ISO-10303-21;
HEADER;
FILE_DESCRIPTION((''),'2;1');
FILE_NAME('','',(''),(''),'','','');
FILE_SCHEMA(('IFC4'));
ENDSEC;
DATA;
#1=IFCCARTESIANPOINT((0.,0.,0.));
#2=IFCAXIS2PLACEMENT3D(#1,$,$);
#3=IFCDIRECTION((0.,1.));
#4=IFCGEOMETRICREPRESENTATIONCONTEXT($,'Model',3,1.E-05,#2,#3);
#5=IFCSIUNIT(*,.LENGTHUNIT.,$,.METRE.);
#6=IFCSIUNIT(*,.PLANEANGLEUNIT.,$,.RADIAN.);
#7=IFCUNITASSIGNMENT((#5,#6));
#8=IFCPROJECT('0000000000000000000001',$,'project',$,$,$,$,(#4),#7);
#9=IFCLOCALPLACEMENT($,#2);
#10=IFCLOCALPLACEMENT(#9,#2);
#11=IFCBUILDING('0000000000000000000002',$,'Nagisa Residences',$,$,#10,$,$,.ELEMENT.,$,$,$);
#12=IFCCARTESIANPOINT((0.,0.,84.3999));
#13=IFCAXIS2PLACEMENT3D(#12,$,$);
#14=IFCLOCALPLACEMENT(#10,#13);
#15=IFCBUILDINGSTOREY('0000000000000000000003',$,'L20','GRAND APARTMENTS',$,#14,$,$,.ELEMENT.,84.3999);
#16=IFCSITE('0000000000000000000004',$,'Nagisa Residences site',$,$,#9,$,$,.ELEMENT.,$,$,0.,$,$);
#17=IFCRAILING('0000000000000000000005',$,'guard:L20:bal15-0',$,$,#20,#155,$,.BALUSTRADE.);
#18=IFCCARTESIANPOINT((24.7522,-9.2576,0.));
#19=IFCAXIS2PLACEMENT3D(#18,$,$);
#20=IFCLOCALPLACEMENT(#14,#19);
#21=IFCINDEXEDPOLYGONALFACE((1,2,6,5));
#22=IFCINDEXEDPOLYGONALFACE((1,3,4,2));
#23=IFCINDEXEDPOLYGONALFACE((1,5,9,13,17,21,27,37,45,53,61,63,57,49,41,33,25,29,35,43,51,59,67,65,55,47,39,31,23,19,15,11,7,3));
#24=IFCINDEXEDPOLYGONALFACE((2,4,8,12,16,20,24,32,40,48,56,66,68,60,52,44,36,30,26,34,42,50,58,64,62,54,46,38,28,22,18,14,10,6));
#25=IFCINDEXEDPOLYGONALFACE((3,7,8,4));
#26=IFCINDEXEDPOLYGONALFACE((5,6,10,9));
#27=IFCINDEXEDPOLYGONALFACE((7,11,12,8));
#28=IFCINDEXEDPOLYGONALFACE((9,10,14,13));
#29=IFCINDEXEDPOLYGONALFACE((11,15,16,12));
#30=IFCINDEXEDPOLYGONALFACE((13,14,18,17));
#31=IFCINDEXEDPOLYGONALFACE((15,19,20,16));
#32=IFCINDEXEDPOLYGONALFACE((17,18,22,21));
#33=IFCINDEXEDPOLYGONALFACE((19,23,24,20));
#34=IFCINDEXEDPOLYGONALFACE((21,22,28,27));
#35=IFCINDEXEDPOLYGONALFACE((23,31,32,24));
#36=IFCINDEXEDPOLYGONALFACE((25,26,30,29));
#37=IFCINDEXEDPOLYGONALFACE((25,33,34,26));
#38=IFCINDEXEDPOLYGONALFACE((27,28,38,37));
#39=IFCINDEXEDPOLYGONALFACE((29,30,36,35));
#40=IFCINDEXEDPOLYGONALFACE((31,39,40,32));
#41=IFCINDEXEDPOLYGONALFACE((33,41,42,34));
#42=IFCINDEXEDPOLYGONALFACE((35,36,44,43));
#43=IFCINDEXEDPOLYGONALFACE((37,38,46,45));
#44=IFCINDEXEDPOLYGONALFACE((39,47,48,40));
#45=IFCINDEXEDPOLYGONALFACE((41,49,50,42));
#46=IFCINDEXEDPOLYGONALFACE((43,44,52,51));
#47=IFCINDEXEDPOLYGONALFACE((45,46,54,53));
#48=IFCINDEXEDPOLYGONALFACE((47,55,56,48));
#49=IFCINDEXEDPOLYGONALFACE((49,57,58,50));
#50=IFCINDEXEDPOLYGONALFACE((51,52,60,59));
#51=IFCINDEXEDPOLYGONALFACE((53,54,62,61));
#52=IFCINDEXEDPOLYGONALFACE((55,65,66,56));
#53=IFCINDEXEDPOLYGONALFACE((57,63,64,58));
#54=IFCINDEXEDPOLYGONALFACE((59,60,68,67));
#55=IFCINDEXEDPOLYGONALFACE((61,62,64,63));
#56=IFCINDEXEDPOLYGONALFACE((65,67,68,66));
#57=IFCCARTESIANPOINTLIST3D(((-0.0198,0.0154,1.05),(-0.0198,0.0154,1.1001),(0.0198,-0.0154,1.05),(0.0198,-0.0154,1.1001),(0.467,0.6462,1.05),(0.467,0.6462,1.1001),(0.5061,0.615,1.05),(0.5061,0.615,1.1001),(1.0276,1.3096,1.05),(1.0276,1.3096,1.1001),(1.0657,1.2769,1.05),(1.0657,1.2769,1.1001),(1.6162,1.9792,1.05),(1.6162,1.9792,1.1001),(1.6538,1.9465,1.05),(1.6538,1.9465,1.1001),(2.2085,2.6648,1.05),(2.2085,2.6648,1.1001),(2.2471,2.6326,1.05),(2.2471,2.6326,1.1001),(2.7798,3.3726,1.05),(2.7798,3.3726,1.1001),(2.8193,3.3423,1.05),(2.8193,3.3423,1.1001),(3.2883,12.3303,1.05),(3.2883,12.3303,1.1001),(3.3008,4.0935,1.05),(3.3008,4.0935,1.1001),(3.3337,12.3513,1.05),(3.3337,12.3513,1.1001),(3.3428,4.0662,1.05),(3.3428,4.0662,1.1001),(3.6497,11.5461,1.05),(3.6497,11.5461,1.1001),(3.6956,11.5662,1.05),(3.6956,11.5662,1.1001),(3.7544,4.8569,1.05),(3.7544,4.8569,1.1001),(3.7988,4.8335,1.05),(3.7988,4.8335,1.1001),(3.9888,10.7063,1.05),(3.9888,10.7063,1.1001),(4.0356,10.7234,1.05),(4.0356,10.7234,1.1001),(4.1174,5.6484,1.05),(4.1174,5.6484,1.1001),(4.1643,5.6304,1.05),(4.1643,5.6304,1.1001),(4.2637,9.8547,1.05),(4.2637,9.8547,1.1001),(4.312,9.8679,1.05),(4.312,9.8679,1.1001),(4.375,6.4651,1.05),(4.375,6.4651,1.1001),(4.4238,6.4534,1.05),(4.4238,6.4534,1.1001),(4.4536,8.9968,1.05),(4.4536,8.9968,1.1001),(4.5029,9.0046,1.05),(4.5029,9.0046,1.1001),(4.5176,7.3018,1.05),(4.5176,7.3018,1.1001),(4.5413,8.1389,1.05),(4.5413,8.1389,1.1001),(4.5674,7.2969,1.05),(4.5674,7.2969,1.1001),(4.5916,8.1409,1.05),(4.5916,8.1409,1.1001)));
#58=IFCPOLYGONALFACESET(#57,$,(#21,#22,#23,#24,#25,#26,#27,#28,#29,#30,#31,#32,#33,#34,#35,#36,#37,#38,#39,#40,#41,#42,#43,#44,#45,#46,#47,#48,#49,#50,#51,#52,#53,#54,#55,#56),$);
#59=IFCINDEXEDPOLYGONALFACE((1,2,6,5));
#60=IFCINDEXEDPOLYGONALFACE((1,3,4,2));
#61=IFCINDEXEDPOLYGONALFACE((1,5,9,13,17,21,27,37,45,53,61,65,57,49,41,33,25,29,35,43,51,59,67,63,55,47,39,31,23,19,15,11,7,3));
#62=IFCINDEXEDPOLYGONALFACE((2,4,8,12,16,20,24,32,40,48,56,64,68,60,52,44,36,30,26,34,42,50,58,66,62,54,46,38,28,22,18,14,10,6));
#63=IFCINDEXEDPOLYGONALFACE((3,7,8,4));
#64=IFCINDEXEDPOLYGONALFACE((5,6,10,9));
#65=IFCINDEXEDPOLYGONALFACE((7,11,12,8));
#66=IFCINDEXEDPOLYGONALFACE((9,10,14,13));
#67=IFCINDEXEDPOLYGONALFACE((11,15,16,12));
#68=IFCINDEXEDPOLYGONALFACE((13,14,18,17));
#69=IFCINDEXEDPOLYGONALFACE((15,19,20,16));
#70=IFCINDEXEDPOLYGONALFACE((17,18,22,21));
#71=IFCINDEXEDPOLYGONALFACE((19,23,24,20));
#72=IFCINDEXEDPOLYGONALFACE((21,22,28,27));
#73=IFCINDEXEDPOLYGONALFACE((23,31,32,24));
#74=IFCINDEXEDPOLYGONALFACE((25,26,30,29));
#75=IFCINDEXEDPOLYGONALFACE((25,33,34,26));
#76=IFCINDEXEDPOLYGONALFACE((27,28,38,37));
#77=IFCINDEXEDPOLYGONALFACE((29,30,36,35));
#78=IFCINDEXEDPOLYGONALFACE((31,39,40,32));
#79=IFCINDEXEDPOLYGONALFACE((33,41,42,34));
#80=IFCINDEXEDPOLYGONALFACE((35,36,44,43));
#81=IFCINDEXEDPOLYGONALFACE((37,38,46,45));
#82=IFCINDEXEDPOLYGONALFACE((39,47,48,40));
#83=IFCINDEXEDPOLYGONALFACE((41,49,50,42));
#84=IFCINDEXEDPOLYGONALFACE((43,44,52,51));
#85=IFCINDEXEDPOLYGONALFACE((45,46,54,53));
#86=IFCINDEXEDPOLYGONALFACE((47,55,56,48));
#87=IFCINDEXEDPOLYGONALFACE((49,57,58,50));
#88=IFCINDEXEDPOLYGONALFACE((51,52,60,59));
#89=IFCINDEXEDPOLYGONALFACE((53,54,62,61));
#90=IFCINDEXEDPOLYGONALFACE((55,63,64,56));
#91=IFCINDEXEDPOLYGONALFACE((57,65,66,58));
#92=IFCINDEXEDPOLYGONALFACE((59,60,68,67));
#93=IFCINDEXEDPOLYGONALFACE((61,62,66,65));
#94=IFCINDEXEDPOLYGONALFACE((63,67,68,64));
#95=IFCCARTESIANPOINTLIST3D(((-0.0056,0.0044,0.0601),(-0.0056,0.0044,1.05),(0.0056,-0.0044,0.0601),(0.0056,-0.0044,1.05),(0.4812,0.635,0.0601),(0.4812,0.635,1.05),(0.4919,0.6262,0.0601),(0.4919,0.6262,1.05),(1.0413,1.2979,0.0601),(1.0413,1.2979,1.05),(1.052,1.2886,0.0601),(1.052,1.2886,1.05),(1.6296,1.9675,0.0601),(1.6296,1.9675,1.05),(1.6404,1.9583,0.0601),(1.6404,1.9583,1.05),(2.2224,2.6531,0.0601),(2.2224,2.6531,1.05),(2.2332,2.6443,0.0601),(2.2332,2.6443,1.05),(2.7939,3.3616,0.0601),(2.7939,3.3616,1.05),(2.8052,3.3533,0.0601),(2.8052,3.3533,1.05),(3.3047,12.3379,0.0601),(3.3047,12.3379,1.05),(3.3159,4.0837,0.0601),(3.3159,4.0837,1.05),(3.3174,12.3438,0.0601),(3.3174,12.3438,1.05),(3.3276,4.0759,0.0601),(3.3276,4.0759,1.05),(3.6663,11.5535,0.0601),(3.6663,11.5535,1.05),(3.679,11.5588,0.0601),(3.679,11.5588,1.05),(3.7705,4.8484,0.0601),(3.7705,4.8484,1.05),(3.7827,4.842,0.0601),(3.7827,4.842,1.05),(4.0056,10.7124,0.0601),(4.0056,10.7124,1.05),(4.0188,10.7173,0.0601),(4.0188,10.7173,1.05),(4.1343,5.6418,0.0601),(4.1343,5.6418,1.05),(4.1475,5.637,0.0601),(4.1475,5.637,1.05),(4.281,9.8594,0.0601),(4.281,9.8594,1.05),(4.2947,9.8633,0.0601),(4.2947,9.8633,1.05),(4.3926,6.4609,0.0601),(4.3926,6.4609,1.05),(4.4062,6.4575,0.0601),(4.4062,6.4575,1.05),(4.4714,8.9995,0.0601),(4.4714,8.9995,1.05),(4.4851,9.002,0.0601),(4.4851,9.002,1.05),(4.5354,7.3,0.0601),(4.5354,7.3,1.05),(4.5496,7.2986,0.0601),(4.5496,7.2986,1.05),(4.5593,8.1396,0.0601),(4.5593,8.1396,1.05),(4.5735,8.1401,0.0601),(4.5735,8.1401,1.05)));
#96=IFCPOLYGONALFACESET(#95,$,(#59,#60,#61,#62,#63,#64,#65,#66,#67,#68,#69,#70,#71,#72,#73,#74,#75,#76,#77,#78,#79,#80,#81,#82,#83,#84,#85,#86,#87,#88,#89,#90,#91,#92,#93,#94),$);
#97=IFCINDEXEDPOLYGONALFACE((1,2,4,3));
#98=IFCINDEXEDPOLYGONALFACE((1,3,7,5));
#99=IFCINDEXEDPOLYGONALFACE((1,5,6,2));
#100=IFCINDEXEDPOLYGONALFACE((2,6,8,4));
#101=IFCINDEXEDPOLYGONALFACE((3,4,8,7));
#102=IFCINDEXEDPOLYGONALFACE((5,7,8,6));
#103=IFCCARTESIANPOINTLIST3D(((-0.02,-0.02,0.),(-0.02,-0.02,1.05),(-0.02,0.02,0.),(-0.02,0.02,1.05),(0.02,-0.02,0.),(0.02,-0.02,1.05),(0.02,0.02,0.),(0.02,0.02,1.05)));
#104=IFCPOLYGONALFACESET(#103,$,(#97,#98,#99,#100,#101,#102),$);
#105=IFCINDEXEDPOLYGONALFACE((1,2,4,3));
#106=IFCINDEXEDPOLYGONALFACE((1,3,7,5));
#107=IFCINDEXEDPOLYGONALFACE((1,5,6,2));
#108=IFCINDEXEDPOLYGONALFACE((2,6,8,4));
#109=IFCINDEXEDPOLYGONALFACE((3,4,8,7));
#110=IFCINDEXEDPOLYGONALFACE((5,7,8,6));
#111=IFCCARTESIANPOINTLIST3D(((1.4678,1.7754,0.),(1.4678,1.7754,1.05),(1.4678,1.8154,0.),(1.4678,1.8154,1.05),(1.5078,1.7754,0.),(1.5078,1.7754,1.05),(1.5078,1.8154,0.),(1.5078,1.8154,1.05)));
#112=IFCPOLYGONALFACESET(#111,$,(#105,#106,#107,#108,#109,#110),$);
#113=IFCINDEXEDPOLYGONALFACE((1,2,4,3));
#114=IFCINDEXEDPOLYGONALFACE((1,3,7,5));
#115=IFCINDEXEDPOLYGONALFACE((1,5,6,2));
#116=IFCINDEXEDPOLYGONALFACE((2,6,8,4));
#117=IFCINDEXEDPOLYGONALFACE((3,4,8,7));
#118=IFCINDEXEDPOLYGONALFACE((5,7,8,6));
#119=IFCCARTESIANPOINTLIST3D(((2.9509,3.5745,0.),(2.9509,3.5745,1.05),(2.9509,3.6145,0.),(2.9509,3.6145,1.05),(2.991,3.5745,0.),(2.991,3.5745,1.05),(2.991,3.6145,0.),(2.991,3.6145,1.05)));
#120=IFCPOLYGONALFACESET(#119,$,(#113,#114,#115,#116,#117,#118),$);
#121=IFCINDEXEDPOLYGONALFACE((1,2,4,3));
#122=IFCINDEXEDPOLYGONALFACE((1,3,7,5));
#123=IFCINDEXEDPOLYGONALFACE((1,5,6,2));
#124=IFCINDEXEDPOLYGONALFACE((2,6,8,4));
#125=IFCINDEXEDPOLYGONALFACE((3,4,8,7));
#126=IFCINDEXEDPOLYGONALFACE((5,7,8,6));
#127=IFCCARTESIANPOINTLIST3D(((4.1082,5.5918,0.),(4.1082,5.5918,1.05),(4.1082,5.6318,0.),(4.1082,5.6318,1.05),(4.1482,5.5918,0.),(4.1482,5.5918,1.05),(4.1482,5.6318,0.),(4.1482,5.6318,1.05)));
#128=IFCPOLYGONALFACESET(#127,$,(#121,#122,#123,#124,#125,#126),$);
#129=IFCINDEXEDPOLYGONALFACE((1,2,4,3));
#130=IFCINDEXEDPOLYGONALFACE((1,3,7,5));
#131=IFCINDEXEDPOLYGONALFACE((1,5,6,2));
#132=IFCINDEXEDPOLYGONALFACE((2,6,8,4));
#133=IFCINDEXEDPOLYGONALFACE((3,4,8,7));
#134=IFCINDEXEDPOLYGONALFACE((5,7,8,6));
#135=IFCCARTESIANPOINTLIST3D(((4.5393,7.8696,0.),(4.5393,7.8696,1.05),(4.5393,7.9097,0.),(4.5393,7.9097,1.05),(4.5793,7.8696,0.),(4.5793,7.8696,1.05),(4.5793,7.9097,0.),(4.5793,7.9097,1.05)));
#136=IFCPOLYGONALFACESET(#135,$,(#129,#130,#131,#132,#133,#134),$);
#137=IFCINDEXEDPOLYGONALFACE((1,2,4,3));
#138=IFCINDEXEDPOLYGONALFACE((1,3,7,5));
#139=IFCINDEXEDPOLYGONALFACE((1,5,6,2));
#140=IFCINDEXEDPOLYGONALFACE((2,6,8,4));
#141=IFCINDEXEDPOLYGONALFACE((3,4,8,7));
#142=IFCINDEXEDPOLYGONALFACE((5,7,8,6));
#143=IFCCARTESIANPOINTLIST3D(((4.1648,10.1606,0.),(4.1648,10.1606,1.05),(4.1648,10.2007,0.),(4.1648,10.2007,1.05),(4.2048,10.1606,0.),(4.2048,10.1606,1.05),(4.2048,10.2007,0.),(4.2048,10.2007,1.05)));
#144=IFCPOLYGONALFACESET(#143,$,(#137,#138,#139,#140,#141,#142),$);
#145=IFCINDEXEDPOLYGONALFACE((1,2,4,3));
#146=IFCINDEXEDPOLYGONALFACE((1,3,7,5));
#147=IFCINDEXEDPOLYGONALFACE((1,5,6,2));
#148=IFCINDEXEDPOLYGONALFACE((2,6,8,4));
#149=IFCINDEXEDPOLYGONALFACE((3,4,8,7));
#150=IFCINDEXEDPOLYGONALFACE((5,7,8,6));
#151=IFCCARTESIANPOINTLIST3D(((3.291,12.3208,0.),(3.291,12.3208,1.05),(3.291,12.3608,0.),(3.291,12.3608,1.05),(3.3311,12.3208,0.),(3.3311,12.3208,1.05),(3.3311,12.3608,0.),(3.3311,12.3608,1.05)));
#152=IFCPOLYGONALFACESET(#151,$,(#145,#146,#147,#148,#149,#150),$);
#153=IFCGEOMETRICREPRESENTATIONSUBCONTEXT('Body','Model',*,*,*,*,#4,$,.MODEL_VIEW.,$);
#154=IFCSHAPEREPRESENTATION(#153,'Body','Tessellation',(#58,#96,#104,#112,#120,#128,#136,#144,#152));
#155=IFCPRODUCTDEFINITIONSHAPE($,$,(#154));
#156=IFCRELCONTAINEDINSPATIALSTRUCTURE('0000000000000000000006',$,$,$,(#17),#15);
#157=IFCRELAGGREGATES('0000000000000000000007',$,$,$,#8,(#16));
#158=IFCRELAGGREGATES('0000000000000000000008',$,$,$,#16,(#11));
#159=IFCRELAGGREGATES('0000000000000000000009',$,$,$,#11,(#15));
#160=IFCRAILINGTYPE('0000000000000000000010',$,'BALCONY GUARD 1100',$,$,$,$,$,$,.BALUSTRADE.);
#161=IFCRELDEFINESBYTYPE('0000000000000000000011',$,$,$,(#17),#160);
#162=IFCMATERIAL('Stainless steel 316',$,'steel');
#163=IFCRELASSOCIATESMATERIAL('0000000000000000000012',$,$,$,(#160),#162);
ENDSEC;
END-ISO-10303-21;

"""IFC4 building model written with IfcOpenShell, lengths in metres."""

from ifc_helpers import new_model, si_unit, direction, frame, origin, origin_2d, place, context, subcontext, project, spatial, polyline, rectangle, outline, extrude, material, type_object, element, save


model = new_model("IFC4")

# Units and contexts
model_context = context("Model", 3, precision=1e-05, world=origin(), true_north=direction((0.0, 1.0)))
body_context = subcontext(model_context, "Body", "Model", "MODEL_VIEW")
ifc_project = project(units=[si_unit("LENGTHUNIT", "METRE"), si_unit("PLANEANGLEUNIT", "RADIAN")], contexts=[model_context])

# Site, building, storey
site_placement = place(None, origin())
site = spatial("IfcSite", under=ifc_project, at=site_placement, Name="Nagisa Residences site", CompositionType="ELEMENT", RefElevation=0.0)
building_placement = place(site_placement, origin())
building = spatial("IfcBuilding", under=site, at=building_placement, Name="Nagisa Residences", CompositionType="ELEMENT")
storey_placement = place(building_placement, frame((0.0, 0.0, 84.3999)))
storey = spatial("IfcBuildingStorey", under=building, at=storey_placement, Name="L20", Description="GRAND APARTMENTS", CompositionType="ELEMENT", Elevation=84.3999)

# Railing
ifc_material_1 = material(Name="Stainless steel 316", Category="steel")
railing_type_1 = type_object("IfcRailingType", Name="BALCONY GUARD 1100", PredefinedType="BALUSTRADE", material=ifc_material_1)
railing_1_placement = place(storey_placement, frame((24.7522, -9.2576, 0.0)))
element("IfcRailing", 1, at=railing_1_placement, inside=storey, type_object=railing_type_1, Name="guard:L20:bal15-0", PredefinedType="BALUSTRADE", context=body_context, shape_type="SweptSolid", body=[
    extrude(outline(polyline([(0.467, 0.6462), (-0.0198, 0.0154), (0.0198, -0.0154), (0.5061, 0.615), (1.0657, 1.2769), (1.6538, 1.9465), (2.2471, 2.6326), (2.8193, 3.3423), (3.3428, 4.0662), (3.7988, 4.8335), (4.1643, 5.6304), (4.4238, 6.4534), (4.5674, 7.2969), (4.5916, 8.1409), (4.5029, 9.0046), (4.312, 9.8679), (4.0356, 10.7234), (3.6956, 11.5662), (3.3337, 12.3513), (3.2883, 12.3303), (3.6497, 11.5461), (3.9888, 10.7063), (4.2637, 9.8547), (4.4536, 8.9968), (4.5413, 8.1389), (4.5176, 7.3018), (4.375, 6.4651), (4.1174, 5.6484), (3.7544, 4.8569), (3.3008, 4.0935), (2.7798, 3.3726), (2.2085, 2.6648), (1.6162, 1.9792), (1.0276, 1.3096), (0.467, 0.6462)])), frame((0.0, 0.0, 1.05)), (0.0, 0.0, 1.0), 0.05),
    extrude(outline(polyline([(0.4812, 0.635), (-0.0056, 0.0044), (0.0056, -0.0044), (0.4919, 0.6262), (1.052, 1.2886), (1.6404, 1.9583), (2.2332, 2.6443), (2.8052, 3.3533), (3.3276, 4.0759), (3.7827, 4.842), (4.1475, 5.637), (4.4062, 6.4575), (4.5496, 7.2986), (4.5735, 8.1401), (4.4851, 9.002), (4.2947, 9.8633), (4.0188, 10.7173), (3.679, 11.5588), (3.3174, 12.3438), (3.3047, 12.3379), (3.6663, 11.5535), (4.0056, 10.7124), (4.281, 9.8594), (4.4714, 8.9995), (4.5593, 8.1396), (4.5354, 7.3), (4.3926, 6.4609), (4.1343, 5.6418), (3.7705, 4.8484), (3.3159, 4.0837), (2.7939, 3.3616), (2.2224, 2.6531), (1.6296, 1.9675), (1.0413, 1.2979), (0.4812, 0.635)])), frame((0.0, 0.0, 0.0601)), (0.0, 0.0, 1.0), 0.99),
    extrude(rectangle(XDim=0.04, YDim=0.04, at=origin_2d()), origin(), (0.0, 0.0, 1.0), 1.05),
    extrude(rectangle(XDim=0.04, YDim=0.04, at=origin_2d()), frame((1.4878, 1.7954, 0.0)), (0.0, 0.0, 1.0), 1.05),
    extrude(rectangle(XDim=0.04, YDim=0.04, at=origin_2d()), frame((2.9709, 3.5945, 0.0)), (0.0, 0.0, 1.0), 1.05),
    extrude(rectangle(XDim=0.04, YDim=0.04, at=origin_2d()), frame((4.1282, 5.6118, 0.0)), (0.0, 0.0, 1.0), 1.05),
    extrude(rectangle(XDim=0.04, YDim=0.04, at=origin_2d()), frame((4.5593, 7.8896, 0.0)), (0.0, 0.0, 1.0), 1.05),
    extrude(rectangle(XDim=0.04, YDim=0.04, at=origin_2d()), frame((4.1848, 10.1807, 0.0)), (0.0, 0.0, 1.0), 1.05),
    extrude(rectangle(XDim=0.04, YDim=0.04, at=origin_2d()), frame((3.311, 12.3408, 0.0)), (0.0, 0.0, 1.0), 1.05),
])

save(model, "model.ifc")
